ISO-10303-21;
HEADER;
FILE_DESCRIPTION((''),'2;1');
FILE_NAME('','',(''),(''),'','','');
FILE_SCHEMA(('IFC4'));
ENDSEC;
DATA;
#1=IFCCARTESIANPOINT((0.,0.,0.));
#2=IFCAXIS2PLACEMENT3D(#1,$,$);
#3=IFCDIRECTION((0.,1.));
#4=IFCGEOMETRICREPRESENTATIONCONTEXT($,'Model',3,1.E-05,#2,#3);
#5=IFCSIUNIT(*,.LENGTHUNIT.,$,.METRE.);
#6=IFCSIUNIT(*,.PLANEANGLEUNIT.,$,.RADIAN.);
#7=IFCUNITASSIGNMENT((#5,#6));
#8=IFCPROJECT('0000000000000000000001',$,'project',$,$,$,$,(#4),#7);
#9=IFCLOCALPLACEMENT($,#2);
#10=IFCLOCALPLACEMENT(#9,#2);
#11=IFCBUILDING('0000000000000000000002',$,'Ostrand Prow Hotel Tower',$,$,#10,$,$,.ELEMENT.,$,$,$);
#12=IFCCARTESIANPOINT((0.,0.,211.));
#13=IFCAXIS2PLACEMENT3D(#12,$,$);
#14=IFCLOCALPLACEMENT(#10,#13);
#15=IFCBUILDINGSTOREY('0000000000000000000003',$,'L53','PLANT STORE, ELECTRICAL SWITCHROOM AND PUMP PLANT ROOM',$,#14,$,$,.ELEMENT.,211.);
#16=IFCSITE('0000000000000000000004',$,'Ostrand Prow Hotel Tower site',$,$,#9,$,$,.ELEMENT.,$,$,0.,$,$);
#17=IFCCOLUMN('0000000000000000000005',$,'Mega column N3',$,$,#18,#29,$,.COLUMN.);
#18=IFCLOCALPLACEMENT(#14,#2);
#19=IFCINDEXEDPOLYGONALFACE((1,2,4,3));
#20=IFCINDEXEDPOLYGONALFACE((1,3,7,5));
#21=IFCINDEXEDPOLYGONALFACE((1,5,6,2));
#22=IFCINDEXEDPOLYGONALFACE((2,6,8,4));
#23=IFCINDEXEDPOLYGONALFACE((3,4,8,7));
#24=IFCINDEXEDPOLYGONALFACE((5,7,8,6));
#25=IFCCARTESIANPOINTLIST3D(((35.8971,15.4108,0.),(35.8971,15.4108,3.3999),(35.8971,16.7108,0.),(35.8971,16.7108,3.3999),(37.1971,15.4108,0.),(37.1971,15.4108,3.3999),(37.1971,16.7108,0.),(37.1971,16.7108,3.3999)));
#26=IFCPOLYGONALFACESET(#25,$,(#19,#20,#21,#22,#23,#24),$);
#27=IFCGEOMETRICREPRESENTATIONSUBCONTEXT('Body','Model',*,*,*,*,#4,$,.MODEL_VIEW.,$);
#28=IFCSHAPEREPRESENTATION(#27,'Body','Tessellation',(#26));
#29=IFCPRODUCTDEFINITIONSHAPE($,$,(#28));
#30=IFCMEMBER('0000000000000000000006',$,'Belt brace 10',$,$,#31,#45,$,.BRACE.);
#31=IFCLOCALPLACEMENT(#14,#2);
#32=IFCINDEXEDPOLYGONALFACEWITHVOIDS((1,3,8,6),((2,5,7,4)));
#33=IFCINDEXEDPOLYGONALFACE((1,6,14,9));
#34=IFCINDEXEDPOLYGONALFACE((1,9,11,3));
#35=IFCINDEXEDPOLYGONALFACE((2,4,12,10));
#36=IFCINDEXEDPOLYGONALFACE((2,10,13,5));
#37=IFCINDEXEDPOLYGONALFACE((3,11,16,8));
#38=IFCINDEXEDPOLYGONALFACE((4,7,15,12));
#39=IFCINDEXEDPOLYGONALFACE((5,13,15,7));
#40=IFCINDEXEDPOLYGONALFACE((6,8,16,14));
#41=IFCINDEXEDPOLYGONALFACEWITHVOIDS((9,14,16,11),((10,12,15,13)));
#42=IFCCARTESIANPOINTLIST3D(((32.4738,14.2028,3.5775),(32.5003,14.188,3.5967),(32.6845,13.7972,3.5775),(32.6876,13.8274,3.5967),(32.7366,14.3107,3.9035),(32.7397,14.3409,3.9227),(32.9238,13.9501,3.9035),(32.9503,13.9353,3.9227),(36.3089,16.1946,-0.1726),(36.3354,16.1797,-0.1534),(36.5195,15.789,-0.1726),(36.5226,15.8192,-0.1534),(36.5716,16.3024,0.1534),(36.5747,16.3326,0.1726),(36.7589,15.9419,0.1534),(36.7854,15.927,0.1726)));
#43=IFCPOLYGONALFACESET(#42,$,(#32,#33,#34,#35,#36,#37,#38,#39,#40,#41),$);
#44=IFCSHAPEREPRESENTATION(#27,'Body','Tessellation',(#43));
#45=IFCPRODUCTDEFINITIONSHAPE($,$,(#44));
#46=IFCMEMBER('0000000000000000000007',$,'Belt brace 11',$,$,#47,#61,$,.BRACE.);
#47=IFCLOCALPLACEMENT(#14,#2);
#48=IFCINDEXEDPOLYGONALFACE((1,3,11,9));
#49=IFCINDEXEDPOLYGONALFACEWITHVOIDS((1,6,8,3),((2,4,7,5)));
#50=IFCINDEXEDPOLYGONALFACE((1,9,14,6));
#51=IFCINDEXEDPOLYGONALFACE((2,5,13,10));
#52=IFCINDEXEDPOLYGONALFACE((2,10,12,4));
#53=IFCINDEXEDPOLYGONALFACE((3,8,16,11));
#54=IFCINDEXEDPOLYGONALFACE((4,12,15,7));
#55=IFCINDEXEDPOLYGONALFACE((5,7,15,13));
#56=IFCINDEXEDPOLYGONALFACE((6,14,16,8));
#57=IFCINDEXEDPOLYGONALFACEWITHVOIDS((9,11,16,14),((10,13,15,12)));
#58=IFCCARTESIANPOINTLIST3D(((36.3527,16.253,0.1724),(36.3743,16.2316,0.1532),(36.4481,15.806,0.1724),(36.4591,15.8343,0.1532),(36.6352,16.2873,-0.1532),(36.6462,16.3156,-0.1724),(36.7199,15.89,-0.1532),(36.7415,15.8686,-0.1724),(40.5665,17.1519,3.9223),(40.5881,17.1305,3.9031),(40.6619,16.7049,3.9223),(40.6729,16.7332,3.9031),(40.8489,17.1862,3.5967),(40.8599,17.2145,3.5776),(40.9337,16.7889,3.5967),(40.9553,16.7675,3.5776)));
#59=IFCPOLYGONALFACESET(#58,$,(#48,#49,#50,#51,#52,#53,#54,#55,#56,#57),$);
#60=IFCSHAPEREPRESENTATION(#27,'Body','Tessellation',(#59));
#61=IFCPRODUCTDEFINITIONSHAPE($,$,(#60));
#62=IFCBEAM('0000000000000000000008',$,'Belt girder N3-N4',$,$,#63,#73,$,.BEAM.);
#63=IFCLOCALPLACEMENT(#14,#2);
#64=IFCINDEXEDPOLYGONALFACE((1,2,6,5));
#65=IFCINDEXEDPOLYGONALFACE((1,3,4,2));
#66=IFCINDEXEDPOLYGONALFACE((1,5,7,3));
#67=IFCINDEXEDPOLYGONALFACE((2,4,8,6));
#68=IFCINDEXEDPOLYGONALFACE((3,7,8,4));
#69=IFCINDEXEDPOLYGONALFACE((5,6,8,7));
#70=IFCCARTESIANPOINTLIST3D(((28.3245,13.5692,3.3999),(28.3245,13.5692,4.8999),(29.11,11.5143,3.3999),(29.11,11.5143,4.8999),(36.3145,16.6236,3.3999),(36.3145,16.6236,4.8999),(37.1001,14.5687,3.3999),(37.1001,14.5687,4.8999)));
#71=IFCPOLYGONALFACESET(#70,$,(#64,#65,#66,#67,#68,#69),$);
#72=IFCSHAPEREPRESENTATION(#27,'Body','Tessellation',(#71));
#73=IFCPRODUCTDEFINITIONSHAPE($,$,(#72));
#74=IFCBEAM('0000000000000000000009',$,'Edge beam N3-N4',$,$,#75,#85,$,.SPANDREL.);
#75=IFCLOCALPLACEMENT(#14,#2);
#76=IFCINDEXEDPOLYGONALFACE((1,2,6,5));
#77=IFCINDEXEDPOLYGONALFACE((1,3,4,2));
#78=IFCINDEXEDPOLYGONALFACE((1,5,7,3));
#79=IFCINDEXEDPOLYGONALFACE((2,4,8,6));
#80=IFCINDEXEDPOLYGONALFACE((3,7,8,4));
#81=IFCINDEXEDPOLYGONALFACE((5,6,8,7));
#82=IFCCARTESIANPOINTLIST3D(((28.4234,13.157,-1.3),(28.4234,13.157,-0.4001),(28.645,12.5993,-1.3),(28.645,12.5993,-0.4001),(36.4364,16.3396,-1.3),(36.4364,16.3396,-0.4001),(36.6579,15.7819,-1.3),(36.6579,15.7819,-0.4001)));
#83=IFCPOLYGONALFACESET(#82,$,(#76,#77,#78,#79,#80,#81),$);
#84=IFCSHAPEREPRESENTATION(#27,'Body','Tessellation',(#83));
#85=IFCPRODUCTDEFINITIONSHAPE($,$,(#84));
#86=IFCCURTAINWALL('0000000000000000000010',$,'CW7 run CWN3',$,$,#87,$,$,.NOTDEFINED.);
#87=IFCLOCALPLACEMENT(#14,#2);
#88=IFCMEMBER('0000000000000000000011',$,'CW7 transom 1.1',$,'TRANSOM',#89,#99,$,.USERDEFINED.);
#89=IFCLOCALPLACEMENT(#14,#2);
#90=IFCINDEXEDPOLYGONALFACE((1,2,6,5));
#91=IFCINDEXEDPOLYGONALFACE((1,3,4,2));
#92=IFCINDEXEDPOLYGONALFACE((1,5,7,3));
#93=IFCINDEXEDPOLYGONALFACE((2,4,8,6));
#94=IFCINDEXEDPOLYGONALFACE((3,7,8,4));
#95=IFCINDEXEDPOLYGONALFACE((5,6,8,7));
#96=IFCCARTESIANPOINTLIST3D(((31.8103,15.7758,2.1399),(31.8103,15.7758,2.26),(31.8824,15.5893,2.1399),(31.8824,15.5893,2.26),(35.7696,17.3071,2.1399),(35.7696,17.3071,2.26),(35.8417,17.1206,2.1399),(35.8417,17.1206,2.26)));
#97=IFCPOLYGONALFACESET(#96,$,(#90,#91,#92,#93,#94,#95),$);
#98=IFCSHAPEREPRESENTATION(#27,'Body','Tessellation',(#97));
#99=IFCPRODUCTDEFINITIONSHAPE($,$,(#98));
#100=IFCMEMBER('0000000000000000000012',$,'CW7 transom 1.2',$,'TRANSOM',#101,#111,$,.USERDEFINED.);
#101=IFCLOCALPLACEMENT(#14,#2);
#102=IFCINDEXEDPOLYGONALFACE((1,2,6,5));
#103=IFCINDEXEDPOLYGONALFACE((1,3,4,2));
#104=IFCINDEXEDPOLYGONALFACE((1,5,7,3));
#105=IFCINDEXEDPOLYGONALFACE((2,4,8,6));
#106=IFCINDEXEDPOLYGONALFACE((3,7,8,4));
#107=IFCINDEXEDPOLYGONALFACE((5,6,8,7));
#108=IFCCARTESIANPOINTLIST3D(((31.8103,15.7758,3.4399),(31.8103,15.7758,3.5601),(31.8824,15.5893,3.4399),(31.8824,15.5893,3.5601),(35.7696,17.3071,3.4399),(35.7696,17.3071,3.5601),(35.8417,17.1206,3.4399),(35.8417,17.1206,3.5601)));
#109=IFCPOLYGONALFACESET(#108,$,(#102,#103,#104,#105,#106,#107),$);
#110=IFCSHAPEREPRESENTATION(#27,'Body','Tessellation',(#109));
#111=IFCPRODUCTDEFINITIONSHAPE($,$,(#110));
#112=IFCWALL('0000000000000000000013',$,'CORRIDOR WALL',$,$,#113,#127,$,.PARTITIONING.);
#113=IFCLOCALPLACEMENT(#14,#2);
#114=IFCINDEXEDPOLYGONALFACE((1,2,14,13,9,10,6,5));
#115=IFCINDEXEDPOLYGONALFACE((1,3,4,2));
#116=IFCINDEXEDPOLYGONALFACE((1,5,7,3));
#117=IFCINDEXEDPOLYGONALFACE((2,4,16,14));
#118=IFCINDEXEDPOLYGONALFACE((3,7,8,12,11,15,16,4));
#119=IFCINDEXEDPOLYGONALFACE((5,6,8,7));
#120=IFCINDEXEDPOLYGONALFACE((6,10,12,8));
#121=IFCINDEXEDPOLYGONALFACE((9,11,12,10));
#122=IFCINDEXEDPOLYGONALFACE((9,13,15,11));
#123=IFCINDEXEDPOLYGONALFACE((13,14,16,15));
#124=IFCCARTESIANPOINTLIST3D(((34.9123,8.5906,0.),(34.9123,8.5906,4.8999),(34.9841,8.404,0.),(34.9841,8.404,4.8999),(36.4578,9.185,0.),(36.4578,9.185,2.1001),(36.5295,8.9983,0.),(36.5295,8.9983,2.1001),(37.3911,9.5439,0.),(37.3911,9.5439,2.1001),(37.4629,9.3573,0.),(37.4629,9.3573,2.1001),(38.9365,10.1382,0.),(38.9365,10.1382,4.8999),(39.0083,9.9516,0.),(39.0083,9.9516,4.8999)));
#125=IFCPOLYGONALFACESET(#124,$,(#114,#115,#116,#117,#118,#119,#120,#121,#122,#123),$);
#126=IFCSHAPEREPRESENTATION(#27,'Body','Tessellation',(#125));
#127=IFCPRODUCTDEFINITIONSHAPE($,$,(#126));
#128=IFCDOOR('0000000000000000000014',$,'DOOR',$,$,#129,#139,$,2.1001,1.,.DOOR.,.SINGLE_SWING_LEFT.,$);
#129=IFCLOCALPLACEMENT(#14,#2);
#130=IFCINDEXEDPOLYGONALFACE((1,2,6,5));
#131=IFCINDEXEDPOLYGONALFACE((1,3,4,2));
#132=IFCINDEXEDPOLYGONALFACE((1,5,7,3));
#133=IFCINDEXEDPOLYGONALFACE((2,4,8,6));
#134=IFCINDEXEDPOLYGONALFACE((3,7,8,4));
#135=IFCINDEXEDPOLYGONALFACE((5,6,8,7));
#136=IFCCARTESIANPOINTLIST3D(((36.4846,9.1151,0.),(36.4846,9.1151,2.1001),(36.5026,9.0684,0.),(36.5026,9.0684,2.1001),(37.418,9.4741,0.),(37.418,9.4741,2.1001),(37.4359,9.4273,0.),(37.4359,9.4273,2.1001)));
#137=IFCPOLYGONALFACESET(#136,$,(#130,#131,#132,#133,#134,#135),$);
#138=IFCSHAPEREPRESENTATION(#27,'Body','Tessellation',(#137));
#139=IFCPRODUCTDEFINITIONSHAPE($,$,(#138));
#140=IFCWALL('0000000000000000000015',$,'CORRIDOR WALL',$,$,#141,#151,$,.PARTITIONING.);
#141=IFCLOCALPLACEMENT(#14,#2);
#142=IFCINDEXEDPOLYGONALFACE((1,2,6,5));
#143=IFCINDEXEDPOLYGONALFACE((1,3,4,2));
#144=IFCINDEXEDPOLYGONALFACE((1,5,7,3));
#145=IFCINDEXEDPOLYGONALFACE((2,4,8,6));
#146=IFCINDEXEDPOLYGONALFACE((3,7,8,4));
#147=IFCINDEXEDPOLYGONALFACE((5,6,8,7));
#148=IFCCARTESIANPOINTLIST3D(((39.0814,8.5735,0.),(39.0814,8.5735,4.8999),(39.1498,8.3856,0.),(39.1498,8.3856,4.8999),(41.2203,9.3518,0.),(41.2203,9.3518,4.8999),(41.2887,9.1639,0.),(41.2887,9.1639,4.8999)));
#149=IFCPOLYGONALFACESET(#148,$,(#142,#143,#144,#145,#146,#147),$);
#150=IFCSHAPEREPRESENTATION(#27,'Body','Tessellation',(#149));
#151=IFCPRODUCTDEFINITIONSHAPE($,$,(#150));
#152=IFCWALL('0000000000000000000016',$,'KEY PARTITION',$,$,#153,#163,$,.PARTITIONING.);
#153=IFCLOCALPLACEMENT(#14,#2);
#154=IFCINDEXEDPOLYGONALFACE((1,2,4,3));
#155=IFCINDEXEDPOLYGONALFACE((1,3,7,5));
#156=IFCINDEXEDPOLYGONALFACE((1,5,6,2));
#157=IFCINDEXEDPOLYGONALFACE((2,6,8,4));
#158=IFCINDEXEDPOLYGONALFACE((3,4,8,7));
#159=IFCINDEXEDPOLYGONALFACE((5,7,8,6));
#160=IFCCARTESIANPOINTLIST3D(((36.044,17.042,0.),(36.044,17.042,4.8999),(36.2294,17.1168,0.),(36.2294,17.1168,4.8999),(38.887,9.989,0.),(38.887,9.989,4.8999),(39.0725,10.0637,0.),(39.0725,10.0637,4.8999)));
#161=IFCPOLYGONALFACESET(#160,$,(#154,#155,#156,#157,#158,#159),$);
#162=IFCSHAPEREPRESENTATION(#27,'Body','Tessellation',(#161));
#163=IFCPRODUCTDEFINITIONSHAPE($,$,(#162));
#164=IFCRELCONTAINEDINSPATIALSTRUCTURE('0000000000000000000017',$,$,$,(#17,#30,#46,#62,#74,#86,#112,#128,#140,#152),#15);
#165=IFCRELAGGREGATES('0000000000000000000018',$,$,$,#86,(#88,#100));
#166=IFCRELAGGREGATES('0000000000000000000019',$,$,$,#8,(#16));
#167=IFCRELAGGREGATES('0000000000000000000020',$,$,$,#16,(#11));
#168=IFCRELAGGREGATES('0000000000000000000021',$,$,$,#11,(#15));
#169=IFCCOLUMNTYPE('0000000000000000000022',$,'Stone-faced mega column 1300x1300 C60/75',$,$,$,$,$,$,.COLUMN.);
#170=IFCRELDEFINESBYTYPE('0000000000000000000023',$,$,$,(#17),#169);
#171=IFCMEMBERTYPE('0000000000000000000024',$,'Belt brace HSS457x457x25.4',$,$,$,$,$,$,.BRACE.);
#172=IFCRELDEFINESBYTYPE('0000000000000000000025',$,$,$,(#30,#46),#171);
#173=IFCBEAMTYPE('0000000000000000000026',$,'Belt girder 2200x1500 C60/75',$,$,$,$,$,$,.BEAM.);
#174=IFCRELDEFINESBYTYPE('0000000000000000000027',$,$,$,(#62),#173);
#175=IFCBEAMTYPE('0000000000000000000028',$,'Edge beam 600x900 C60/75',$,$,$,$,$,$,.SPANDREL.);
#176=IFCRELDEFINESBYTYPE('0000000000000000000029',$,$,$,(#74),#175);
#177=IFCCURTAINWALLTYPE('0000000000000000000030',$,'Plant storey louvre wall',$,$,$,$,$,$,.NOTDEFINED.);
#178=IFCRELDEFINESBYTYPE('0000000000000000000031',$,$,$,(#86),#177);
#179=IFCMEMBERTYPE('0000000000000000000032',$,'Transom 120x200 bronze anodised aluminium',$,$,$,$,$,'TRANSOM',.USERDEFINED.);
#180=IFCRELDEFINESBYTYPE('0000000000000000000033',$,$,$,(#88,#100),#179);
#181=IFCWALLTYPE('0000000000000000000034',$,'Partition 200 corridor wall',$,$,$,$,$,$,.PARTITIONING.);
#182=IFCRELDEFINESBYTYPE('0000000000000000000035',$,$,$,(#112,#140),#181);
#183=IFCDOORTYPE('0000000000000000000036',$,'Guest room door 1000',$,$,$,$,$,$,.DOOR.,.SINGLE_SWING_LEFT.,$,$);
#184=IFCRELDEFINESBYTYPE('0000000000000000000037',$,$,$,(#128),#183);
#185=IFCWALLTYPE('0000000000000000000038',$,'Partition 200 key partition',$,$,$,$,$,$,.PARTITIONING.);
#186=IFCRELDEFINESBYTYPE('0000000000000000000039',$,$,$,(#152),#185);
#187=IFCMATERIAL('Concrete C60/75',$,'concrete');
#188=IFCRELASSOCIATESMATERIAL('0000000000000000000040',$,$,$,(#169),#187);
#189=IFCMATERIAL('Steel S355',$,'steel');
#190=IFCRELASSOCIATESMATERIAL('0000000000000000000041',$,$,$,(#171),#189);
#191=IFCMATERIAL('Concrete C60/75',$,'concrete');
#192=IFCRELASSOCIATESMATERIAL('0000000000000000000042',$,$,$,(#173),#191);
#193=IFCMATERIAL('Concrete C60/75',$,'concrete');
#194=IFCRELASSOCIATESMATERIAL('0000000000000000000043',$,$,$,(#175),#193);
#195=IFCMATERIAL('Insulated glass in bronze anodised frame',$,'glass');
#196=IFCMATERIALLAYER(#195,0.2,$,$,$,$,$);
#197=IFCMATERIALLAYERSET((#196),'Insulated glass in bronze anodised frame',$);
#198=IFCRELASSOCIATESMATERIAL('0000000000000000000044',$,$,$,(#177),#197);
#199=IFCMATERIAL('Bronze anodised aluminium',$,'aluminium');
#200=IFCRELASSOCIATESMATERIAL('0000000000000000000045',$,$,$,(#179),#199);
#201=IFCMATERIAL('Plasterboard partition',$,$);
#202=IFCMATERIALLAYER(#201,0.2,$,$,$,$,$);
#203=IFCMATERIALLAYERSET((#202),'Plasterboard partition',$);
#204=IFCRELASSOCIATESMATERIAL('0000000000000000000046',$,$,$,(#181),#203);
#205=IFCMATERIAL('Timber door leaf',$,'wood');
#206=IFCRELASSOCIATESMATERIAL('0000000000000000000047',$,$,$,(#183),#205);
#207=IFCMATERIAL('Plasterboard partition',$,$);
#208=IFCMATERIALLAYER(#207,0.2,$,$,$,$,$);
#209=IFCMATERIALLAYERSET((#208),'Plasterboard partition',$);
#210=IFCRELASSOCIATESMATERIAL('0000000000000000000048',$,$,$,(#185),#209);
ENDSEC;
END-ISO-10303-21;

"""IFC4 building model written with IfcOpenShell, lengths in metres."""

from ifc_helpers import new_model, si_unit, direction, frame, frame_2d, origin, origin_2d, place, context, subcontext, project, spatial, rectangle, hollow_rectangle, extrude, material, layer, layer_set, material_profile, profile_set, type_object, element, fill, aggregate, save


model = new_model("IFC4")

# Units and contexts
model_context = context("Model", 3, precision=1e-05, world=origin(), true_north=direction((0.0, 1.0)))
body_context = subcontext(model_context, "Body", "Model", "MODEL_VIEW")
ifc_project = project(units=[si_unit("LENGTHUNIT", "METRE"), si_unit("PLANEANGLEUNIT", "RADIAN")], contexts=[model_context])

# Site, building, storey
site_placement = place(None, origin())
site = spatial("IfcSite", under=ifc_project, at=site_placement, Name="Ostrand Prow Hotel Tower site", CompositionType="ELEMENT", RefElevation=0.0)
building_placement = place(site_placement, origin())
building = spatial("IfcBuilding", under=site, at=building_placement, Name="Ostrand Prow Hotel Tower", CompositionType="ELEMENT")
storey_placement = place(building_placement, frame((0.0, 0.0, 211.0)))
storey = spatial("IfcBuildingStorey", under=building, at=storey_placement, Name="L53", Description="PLANT STORE, ELECTRICAL SWITCHROOM AND PUMP PLANT ROOM", CompositionType="ELEMENT", Elevation=211.0)

# Column
ifc_material_1 = material(Name="Concrete C60/75", Category="concrete")
ifc_material_profile_1 = material_profile(ifc_material_1, rectangle(XDim=1.3, YDim=1.3, at=origin_2d()), Name="RC 1300x1300")
ifc_profile_set_1 = profile_set([ifc_material_profile_1], Name="Concrete C60/75")
column_type = type_object("IfcColumnType", Name="Stone-faced mega column 1300x1300 C60/75", PredefinedType="COLUMN", material=ifc_profile_set_1)
column_placement = place(storey_placement, frame((36.5471, 16.0608, 0.0), z_axis=(0.0, 0.0, 1.0), x_axis=(1.0, 0.0, 0.0)))
element("IfcColumn", 1, at=column_placement, inside=storey, type_object=column_type, Name="Mega column N3", PredefinedType="COLUMN", context=body_context, shape_type="SweptSolid", body=[
    extrude(rectangle(XDim=1.3, YDim=1.3, at=origin_2d()), origin(), (0.0, 0.0, 1.0), 3.3999),
])

# Members
ifc_material_2 = material(Name="Steel S355", Category="steel")
ifc_material_profile_2 = material_profile(ifc_material_2, hollow_rectangle(XDim=0.457, YDim=0.457, WallThickness=0.0254, at=origin_2d()), Name="HSS457x457x25.4")
ifc_profile_set_2 = profile_set([ifc_material_profile_2], Name="Steel S355")
member_type_1 = type_object("IfcMemberType", Name="Belt brace HSS457x457x25.4", PredefinedType="BRACE", material=ifc_profile_set_2)
member_1_placement = place(storey_placement, frame((36.5471, 16.0608, 0.0), z_axis=(-0.670264, -0.348104, 0.655415), x_axis=(0.460901, -0.887452, 0.0)))
element("IfcMember", 2, at=member_1_placement, inside=storey, type_object=member_type_1, Name="Belt brace 10", PredefinedType="BRACE", context=body_context, shape_type="SweptSolid", body=[
    extrude(hollow_rectangle(XDim=0.457, YDim=0.457, WallThickness=0.0254, at=origin_2d()), origin(), (0.0, 0.0, 1.0), 5.7217),
])
member_2_placement = place(storey_placement, frame((36.5471, 16.0608, 0.0), z_axis=(0.737718, 0.157374, 0.65651), x_axis=(-0.208631, 0.977994, 0.0)))
element("IfcMember", 3, at=member_2_placement, inside=storey, type_object=member_type_1, Name="Belt brace 11", PredefinedType="BRACE", context=body_context, shape_type="SweptSolid", body=[
    extrude(hollow_rectangle(XDim=0.457, YDim=0.457, WallThickness=0.0254, at=origin_2d()), origin(), (0.0, 0.0, 1.0), 5.7119),
])

# Beams
ifc_material_3 = material(Name="Concrete C60/75", Category="concrete")
ifc_material_profile_3 = material_profile(ifc_material_3, rectangle(XDim=2.2, YDim=1.5, at=origin_2d()), Name="RC 2200x1500")
ifc_profile_set_3 = profile_set([ifc_material_profile_3], Name="Concrete C60/75")
beam_type_1 = type_object("IfcBeamType", Name="Belt girder 2200x1500 C60/75", PredefinedType="BEAM", material=ifc_profile_set_3)
beam_1_placement = place(storey_placement, frame((36.7073, 15.5962, 4.1499), z_axis=(-0.934073, -0.357081, 0.0), x_axis=(0.357081, -0.934073, 0.0)))
element("IfcBeam", 4, at=beam_1_placement, inside=storey, type_object=beam_type_1, Name="Belt girder N3-N4", PredefinedType="BEAM", context=body_context, shape_type="SweptSolid", body=[
    extrude(rectangle(XDim=2.2, YDim=1.5, at=origin_2d()), origin(), (0.0, 0.0, 1.0), 8.554),
])
ifc_material_4 = material(Name="Concrete C60/75", Category="concrete")
ifc_material_profile_4 = material_profile(ifc_material_4, rectangle(XDim=0.6001, YDim=0.8999, at=origin_2d()), Name="RC 600x900")
ifc_profile_set_4 = profile_set([ifc_material_profile_4], Name="Concrete C60/75")
beam_type_2 = type_object("IfcBeamType", Name="Edge beam 600x900 C60/75", PredefinedType="SPANDREL", material=ifc_profile_set_4)
beam_2_placement = place(storey_placement, frame((36.5471, 16.0608, -0.8501), z_axis=(-0.929376, -0.369134, 0.0), x_axis=(0.369134, -0.929376, 0.0)))
element("IfcBeam", 5, at=beam_2_placement, inside=storey, type_object=beam_type_2, Name="Edge beam N3-N4", PredefinedType="SPANDREL", context=body_context, shape_type="SweptSolid", body=[
    extrude(rectangle(XDim=0.6001, YDim=0.8999, at=origin_2d()), origin(), (0.0, 0.0, 1.0), 8.6218),
])

# Curtain wall, members
ifc_material_5 = material(Name="Insulated glass in bronze anodised frame", Category="glass")
ifc_layer_1 = layer(ifc_material_5, 0.2)
ifc_layer_set_1 = layer_set([ifc_layer_1], Name="Insulated glass in bronze anodised frame")
curtain_wall_type = type_object("IfcCurtainWallType", Name="Plant storey louvre wall", PredefinedType="NOTDEFINED", material=ifc_layer_set_1)
curtain_wall_placement = place(storey_placement, origin())
curtain_wall = element("IfcCurtainWall", 6, at=curtain_wall_placement, inside=storey, type_object=curtain_wall_type, Name="CW7 run CWN3", PredefinedType="NOTDEFINED")
ifc_material_6 = material(Name="Bronze anodised aluminium", Category="aluminium")
ifc_material_profile_5 = material_profile(ifc_material_6, rectangle(XDim=0.2, YDim=0.1201, at=origin_2d()), Name="Transom 120x200 bronze anodised aluminium")
ifc_profile_set_5 = profile_set([ifc_material_profile_5], Name="Bronze anodised aluminium")
member_type_2 = type_object("IfcMemberType", Name="Transom 120x200 bronze anodised aluminium", ElementType="TRANSOM", PredefinedType="USERDEFINED", material=ifc_profile_set_5)
member_3_placement = place(storey_placement, frame((35.8057, 17.2139, 2.2), z_axis=(-0.932675, -0.360717, 0.0), x_axis=(0.360717, -0.932675, 0.0)))
member_3 = element("IfcMember", 7, at=member_3_placement, type_object=member_type_2, Name="CW7 transom 1.1", ObjectType="TRANSOM", PredefinedType="USERDEFINED", context=body_context, shape_type="SweptSolid", body=[
    extrude(rectangle(XDim=0.2, YDim=0.1201, at=origin_2d()), origin(), (0.0, 0.0, 1.0), 4.2451),
])
member_4_placement = place(storey_placement, frame((35.8057, 17.2139, 3.5), z_axis=(-0.932675, -0.360717, 0.0), x_axis=(0.360717, -0.932675, 0.0)))
member_4 = element("IfcMember", 8, at=member_4_placement, type_object=member_type_2, Name="CW7 transom 1.2", ObjectType="TRANSOM", PredefinedType="USERDEFINED", context=body_context, shape_type="SweptSolid", body=[
    extrude(rectangle(XDim=0.2, YDim=0.1201, at=origin_2d()), origin(), (0.0, 0.0, 1.0), 4.2451),
])
aggregate(curtain_wall, [member_3, member_4])

# Wall, opening, door
ifc_material_7 = material(Name="Plasterboard partition")
ifc_layer_2 = layer(ifc_material_7, 0.2)
ifc_layer_set_2 = layer_set([ifc_layer_2], Name="Plasterboard partition")
wall_type_1 = type_object("IfcWallType", Name="Partition 200 corridor wall", PredefinedType="PARTITIONING", material=ifc_layer_set_2)
wall_1_placement = place(storey_placement, frame((38.9724, 10.0449, 0.0), z_axis=(0.0, 0.0, 1.0), x_axis=(-0.933357, -0.358949, 0.0)))
wall_1 = element("IfcWall", 9, at=wall_1_placement, inside=storey, type_object=wall_type_1, Name="CORRIDOR WALL", PredefinedType="PARTITIONING", context=body_context, shape_type="SweptSolid", body=[
    extrude(rectangle(XDim=4.3115, YDim=0.2, at=frame_2d((2.1558, 0.0))), origin(), (0.0, 0.0, 1.0), 4.8999),
])
opening_placement = place(wall_1_placement, frame((1.6558, 0.0, 0.0)))
opening = element("IfcOpeningElement", 10, at=opening_placement, cuts=wall_1, PredefinedType="OPENING", context=body_context, shape_type="SweptSolid", body=[
    extrude(rectangle(XDim=1.0, YDim=2.1001, at=frame_2d((0.5, 1.05))), frame((0.0, 0.1099, 0.0), z_axis=(0.0, -1.0, 0.0), x_axis=(1.0, 0.0, 0.0)), (0.0, 0.0, 1.0), 0.22),
])
ifc_material_8 = material(Name="Timber door leaf", Category="wood")
door_type = type_object("IfcDoorType", Name="Guest room door 1000", OperationType="SINGLE_SWING_LEFT", PredefinedType="DOOR", material=ifc_material_8)
door_placement = place(opening_placement, origin())
door = element("IfcDoor", 11, at=door_placement, inside=storey, type_object=door_type, Name="DOOR", OperationType="SINGLE_SWING_LEFT", OverallHeight=2.1001, OverallWidth=1.0, PredefinedType="DOOR", context=body_context, shape_type="SweptSolid", body=[
    extrude(rectangle(XDim=1.0, YDim=2.1001, at=frame_2d((0.5, 1.05))), frame((0.0, 0.0249, 0.0), z_axis=(0.0, -1.0, 0.0), x_axis=(1.0, 0.0, 0.0)), (0.0, 0.0, 1.0), 0.05),
])
fill(opening, door)

# Walls
wall_2_placement = place(storey_placement, frame((39.1155, 8.4795, 0.0), z_axis=(0.0, 0.0, 1.0), x_axis=(0.939718, 0.34195, 0.0)))
element("IfcWall", 12, at=wall_2_placement, inside=storey, type_object=wall_type_1, Name="CORRIDOR WALL", PredefinedType="PARTITIONING", context=body_context, shape_type="SweptSolid", body=[
    extrude(rectangle(XDim=2.2761, YDim=0.2, at=frame_2d((1.1382, 0.0))), origin(), (0.0, 0.0, 1.0), 4.8999),
])
ifc_material_9 = material(Name="Plasterboard partition")
ifc_layer_3 = layer(ifc_material_9, 0.2)
ifc_layer_set_3 = layer_set([ifc_layer_3], Name="Plasterboard partition")
wall_type_2 = type_object("IfcWallType", Name="Partition 200 key partition", PredefinedType="PARTITIONING", material=ifc_layer_set_3)
wall_3_placement = place(storey_placement, frame((38.9797, 10.0264, 0.0), z_axis=(0.0, 0.0, 1.0), x_axis=(-0.373864, 0.927484, 0.0)))
element("IfcWall", 13, at=wall_3_placement, inside=storey, type_object=wall_type_2, Name="KEY PARTITION", PredefinedType="PARTITIONING", context=body_context, shape_type="SweptSolid", body=[
    extrude(rectangle(XDim=7.6045, YDim=0.2, at=frame_2d((3.8022, 0.0))), origin(), (0.0, 0.0, 1.0), 4.8999),
])

save(model, "model.ifc")
